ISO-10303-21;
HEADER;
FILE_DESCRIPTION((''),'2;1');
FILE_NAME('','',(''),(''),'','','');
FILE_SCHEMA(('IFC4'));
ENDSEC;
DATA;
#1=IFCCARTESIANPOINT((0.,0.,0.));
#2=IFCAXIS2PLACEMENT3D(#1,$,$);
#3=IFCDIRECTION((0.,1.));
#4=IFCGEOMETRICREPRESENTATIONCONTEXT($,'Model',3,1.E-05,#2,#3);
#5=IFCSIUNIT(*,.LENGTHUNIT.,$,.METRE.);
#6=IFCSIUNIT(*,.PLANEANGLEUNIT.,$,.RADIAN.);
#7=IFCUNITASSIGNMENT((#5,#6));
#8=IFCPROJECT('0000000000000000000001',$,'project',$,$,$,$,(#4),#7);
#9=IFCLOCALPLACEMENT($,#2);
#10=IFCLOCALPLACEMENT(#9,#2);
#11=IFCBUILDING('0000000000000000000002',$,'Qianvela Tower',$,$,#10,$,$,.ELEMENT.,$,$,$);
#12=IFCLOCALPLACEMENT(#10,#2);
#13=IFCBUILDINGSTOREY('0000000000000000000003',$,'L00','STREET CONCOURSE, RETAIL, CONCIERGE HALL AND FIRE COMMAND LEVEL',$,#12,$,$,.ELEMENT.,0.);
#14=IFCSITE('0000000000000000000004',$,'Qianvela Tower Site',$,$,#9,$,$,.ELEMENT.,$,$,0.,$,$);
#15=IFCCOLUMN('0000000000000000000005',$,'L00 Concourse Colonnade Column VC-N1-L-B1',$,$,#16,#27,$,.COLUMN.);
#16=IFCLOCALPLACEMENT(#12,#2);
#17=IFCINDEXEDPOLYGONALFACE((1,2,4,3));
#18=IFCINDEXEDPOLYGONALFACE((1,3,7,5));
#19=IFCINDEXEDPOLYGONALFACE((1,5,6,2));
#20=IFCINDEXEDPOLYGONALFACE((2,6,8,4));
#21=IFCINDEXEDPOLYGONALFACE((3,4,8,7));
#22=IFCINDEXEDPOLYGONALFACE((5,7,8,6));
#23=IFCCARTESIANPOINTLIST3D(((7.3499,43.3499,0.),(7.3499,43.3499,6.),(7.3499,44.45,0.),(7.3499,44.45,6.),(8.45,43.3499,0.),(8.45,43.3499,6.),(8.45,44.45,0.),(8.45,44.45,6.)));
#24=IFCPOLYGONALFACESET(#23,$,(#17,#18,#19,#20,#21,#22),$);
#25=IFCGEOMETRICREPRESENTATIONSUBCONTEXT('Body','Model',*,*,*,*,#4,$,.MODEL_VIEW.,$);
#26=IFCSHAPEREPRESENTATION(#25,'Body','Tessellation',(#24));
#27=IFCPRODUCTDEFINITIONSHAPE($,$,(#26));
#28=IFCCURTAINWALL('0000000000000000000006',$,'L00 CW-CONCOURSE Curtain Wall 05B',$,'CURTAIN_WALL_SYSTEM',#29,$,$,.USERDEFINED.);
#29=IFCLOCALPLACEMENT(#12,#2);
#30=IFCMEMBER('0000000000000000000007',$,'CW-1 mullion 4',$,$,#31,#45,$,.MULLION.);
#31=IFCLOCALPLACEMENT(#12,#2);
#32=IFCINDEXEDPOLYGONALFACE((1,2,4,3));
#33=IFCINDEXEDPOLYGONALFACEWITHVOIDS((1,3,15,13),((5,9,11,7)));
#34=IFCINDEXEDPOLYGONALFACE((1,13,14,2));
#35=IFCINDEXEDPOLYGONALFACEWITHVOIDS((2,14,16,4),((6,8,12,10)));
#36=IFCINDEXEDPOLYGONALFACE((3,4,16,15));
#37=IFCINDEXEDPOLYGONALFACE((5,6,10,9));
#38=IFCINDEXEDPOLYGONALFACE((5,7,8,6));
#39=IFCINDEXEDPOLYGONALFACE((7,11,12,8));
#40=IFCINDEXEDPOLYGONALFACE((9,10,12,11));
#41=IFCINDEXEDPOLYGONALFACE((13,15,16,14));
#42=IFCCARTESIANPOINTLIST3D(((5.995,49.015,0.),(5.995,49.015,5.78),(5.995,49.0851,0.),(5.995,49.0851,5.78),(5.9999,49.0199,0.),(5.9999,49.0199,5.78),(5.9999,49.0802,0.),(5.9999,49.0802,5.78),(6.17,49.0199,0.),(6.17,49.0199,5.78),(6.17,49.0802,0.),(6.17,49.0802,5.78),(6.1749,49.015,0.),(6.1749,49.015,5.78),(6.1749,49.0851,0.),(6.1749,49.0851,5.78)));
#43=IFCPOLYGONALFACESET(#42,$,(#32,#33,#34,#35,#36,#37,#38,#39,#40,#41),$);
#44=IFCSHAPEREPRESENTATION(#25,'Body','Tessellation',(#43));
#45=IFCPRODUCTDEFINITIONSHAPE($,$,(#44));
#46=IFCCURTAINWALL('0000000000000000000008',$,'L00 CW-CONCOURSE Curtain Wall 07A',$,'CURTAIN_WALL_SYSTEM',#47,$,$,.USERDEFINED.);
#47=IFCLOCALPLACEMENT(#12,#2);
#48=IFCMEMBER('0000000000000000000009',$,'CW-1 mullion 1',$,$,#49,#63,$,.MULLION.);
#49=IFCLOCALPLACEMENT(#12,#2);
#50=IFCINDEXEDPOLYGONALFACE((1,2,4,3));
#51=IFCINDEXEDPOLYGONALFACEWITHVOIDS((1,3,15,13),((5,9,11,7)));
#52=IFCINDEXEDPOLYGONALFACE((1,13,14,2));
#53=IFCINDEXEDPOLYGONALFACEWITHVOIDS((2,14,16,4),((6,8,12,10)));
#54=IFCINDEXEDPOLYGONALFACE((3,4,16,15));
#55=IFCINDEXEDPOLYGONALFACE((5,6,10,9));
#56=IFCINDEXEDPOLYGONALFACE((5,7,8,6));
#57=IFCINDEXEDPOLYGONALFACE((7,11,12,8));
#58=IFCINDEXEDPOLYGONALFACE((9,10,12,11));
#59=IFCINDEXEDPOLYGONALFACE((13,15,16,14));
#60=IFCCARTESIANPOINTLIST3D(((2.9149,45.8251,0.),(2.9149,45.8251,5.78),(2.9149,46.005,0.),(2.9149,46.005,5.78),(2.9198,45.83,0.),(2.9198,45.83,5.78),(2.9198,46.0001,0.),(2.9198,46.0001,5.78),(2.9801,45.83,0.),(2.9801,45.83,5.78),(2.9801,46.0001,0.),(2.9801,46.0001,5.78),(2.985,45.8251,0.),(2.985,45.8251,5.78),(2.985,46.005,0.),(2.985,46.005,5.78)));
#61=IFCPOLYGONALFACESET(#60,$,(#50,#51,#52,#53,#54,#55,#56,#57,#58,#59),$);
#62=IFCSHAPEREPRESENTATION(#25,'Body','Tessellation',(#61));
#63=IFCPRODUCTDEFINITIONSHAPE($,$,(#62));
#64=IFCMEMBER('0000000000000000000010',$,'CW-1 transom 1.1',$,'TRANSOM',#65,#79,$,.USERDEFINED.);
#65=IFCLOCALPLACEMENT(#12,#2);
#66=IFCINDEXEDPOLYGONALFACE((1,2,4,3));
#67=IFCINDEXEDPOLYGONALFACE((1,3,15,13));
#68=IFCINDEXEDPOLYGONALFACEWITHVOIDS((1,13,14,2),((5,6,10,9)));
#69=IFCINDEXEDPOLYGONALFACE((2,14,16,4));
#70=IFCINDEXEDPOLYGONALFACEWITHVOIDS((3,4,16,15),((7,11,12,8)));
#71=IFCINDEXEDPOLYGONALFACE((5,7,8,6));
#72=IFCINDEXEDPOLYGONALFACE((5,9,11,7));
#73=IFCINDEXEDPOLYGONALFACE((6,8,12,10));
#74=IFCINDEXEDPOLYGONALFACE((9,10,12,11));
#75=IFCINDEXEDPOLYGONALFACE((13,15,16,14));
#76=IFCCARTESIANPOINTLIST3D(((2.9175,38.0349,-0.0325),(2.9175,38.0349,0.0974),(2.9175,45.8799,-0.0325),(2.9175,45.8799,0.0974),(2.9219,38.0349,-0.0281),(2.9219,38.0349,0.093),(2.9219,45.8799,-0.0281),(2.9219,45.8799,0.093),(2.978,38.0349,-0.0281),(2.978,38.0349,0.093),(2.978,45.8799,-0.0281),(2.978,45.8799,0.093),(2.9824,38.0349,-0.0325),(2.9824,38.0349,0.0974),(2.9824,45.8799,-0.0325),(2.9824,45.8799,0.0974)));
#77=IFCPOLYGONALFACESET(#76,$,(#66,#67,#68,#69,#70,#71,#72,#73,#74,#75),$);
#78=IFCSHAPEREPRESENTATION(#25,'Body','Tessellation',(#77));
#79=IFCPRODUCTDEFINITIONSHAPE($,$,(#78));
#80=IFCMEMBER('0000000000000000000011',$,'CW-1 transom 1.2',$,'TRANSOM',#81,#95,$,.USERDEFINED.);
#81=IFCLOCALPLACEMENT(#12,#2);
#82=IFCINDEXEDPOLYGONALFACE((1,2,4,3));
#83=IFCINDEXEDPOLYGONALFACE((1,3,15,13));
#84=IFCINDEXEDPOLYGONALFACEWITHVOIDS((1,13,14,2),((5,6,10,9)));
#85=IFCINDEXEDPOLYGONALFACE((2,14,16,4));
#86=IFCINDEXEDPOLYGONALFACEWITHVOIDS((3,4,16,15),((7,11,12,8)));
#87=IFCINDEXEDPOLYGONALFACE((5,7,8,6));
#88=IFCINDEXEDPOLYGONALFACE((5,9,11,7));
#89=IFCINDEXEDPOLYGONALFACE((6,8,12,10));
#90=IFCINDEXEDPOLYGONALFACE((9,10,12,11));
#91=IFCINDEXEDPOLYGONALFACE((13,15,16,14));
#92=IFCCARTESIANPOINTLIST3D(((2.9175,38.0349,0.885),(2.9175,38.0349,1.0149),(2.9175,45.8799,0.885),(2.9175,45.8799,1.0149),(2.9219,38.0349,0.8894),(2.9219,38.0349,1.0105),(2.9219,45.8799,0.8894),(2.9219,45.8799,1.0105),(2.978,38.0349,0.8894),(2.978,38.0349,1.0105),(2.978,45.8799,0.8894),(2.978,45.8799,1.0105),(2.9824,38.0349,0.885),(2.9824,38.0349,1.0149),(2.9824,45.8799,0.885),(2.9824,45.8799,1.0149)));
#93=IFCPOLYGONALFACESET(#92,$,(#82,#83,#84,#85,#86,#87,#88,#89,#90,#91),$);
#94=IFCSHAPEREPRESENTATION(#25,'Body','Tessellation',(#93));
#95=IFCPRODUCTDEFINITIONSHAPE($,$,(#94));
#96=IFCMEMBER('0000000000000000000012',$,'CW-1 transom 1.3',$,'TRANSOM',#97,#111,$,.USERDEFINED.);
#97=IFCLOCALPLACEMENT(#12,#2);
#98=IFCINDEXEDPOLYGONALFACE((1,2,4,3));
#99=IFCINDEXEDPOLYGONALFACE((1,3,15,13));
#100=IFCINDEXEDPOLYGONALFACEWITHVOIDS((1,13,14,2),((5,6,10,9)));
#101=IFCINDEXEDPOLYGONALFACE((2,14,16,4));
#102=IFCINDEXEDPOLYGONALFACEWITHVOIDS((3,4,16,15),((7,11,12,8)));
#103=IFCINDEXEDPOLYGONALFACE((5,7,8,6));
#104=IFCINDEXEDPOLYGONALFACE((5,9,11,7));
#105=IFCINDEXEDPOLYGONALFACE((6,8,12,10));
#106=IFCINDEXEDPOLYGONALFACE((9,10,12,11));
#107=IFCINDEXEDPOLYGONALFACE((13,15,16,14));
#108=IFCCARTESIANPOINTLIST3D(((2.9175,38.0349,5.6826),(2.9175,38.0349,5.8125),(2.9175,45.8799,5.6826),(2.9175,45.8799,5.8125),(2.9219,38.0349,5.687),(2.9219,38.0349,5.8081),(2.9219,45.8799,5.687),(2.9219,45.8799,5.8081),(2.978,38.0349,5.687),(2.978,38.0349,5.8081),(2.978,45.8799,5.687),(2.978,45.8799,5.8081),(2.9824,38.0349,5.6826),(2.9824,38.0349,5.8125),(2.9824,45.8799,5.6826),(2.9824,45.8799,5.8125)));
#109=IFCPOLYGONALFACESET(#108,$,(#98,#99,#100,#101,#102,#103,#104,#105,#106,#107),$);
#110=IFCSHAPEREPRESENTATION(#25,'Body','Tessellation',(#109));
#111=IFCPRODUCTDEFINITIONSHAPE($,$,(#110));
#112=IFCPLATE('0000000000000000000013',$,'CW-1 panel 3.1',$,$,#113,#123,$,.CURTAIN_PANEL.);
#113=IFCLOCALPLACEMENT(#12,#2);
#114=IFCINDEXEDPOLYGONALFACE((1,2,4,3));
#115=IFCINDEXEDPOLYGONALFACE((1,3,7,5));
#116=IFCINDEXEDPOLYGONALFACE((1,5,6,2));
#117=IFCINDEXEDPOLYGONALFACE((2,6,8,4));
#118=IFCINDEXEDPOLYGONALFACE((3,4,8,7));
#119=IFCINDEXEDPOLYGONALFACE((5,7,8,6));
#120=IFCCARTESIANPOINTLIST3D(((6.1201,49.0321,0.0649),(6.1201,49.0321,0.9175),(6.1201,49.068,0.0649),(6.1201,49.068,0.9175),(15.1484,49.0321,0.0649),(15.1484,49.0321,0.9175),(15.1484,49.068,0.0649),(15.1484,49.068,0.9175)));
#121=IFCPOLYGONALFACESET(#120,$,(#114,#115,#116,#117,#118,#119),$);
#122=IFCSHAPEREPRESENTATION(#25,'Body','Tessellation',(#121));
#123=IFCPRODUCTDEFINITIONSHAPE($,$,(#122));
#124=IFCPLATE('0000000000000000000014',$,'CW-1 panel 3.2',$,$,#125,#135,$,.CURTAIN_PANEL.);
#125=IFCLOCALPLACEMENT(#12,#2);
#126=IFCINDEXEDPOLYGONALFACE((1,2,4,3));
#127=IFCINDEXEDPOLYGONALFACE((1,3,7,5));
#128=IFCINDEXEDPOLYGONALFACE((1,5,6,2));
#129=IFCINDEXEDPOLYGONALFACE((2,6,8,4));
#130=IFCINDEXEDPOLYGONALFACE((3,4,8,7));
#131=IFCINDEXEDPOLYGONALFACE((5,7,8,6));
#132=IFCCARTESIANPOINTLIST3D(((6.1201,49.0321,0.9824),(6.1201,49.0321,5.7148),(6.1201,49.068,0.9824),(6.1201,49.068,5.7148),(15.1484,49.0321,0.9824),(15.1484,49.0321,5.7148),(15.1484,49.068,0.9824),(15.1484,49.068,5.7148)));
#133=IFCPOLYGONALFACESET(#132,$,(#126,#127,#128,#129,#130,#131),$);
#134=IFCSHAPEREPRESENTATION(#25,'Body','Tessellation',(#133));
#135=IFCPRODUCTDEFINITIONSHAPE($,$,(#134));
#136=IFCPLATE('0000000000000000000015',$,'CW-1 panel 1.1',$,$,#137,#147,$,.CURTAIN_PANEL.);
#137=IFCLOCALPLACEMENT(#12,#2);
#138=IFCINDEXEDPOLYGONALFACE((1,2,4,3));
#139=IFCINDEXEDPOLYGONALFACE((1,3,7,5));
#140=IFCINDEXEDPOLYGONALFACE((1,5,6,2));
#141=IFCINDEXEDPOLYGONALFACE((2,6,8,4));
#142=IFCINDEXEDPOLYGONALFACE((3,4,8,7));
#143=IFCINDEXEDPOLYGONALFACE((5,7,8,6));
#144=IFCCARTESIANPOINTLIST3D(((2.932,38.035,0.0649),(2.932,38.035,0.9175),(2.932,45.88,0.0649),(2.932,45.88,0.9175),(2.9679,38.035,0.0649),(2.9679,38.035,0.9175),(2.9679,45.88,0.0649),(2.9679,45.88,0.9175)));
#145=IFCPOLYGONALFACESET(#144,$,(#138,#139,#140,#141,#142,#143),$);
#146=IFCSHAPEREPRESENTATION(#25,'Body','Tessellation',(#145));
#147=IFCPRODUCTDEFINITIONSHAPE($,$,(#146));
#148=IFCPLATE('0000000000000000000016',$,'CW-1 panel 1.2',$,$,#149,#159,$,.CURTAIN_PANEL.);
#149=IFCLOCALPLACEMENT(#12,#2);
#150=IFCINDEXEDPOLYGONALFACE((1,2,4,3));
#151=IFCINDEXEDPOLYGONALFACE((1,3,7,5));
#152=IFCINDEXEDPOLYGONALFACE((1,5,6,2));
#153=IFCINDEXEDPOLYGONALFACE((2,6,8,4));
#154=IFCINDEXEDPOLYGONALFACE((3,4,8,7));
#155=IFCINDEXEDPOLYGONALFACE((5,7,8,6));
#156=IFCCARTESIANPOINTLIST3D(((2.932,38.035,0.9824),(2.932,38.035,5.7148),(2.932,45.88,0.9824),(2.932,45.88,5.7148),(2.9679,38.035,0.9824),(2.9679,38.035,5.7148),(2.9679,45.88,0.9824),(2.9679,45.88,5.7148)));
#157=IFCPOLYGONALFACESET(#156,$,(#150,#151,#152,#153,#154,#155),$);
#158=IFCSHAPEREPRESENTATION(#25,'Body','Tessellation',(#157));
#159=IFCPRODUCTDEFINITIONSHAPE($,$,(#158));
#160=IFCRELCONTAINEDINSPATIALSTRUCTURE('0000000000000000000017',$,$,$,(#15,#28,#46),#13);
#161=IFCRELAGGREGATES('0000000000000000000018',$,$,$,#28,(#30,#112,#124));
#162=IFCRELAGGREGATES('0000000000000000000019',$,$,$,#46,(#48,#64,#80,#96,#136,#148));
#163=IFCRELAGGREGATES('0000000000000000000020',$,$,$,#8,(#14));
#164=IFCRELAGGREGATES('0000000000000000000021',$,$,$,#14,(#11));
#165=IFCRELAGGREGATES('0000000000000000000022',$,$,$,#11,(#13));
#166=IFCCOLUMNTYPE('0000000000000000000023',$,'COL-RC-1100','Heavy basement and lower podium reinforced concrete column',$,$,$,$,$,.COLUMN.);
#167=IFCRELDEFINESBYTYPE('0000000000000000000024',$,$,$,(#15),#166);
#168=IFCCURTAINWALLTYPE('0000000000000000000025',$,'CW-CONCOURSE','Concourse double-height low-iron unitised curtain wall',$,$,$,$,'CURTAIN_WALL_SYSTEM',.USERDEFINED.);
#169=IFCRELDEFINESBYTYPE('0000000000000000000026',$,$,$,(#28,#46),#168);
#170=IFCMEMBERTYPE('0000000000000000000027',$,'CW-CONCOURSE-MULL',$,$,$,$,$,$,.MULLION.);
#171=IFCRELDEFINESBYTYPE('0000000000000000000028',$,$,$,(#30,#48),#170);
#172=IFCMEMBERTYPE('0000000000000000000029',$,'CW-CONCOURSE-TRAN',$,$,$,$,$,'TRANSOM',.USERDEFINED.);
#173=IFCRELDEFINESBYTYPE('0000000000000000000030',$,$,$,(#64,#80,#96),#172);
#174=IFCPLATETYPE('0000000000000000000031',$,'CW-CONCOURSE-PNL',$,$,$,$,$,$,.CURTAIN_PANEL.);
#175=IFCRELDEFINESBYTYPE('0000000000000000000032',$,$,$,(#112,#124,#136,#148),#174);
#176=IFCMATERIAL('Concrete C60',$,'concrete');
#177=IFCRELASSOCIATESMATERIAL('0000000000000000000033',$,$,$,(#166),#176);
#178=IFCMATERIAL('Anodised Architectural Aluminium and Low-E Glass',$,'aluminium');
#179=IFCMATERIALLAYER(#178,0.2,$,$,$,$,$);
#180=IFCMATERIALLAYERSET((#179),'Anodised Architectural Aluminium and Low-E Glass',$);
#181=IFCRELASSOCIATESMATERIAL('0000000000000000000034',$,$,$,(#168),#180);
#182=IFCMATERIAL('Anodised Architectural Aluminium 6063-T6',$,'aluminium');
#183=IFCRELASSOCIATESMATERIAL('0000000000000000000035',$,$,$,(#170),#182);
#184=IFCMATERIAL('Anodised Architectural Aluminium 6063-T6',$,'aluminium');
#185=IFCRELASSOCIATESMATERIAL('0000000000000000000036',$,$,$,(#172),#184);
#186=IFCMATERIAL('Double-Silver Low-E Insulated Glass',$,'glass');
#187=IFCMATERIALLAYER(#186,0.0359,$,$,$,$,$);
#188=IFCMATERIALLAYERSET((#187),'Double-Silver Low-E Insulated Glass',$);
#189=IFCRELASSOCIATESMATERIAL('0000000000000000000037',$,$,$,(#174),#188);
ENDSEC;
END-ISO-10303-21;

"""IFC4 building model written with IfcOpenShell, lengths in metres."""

from ifc_helpers import new_model, si_unit, direction, frame, origin, origin_2d, place, context, subcontext, project, spatial, rectangle, hollow_rectangle, extrude, material, layer, layer_set, material_profile, profile_set, type_object, element, aggregate, save


model = new_model("IFC4")

# Units and contexts
model_context = context("Model", 3, precision=1e-05, world=origin(), true_north=direction((0.0, 1.0)))
body_context = subcontext(model_context, "Body", "Model", "MODEL_VIEW")
ifc_project = project(units=[si_unit("LENGTHUNIT", "METRE"), si_unit("PLANEANGLEUNIT", "RADIAN")], contexts=[model_context])

# Site, building, storey
site_placement = place(None, origin())
site = spatial("IfcSite", under=ifc_project, at=site_placement, Name="Qianvela Tower Site", CompositionType="ELEMENT", RefElevation=0.0)
building_placement = place(site_placement, origin())
building = spatial("IfcBuilding", under=site, at=building_placement, Name="Qianvela Tower", CompositionType="ELEMENT")
storey_placement = place(building_placement, origin())
storey = spatial("IfcBuildingStorey", under=building, at=storey_placement, Name="L00", Description="STREET CONCOURSE, RETAIL, CONCIERGE HALL AND FIRE COMMAND LEVEL", CompositionType="ELEMENT", Elevation=0.0)

# Column
ifc_material_1 = material(Name="Concrete C60", Category="concrete")
ifc_material_profile_1 = material_profile(ifc_material_1, rectangle(XDim=1.1001, YDim=1.1001, at=origin_2d()), Name="RC-COL-1100x1100")
ifc_profile_set_1 = profile_set([ifc_material_profile_1], Name="Concrete C60")
column_type = type_object("IfcColumnType", Name="COL-RC-1100", Description="Heavy basement and lower podium reinforced concrete column", PredefinedType="COLUMN", material=ifc_profile_set_1)
column_placement = place(storey_placement, frame((7.8999, 43.8999, 0.0), z_axis=(0.0, 0.0, 1.0), x_axis=(1.0, 0.0, 0.0)))
element("IfcColumn", 1, at=column_placement, inside=storey, type_object=column_type, Name="L00 Concourse Colonnade Column VC-N1-L-B1", PredefinedType="COLUMN", context=body_context, shape_type="SweptSolid", body=[
    extrude(rectangle(XDim=1.1001, YDim=1.1001, at=origin_2d()), origin(), (0.0, 0.0, 1.0), 6.0),
])

# Curtain wall, member
ifc_material_2 = material(Name="Anodised Architectural Aluminium and Low-E Glass", Category="aluminium")
ifc_layer_1 = layer(ifc_material_2, 0.2)
ifc_layer_set_1 = layer_set([ifc_layer_1], Name="Anodised Architectural Aluminium and Low-E Glass")
curtain_wall_type = type_object("IfcCurtainWallType", Name="CW-CONCOURSE", Description="Concourse double-height low-iron unitised curtain wall", ElementType="CURTAIN_WALL_SYSTEM", PredefinedType="USERDEFINED", material=ifc_layer_set_1)
curtain_wall_1_placement = place(storey_placement, origin())
curtain_wall_1 = element("IfcCurtainWall", 2, at=curtain_wall_1_placement, inside=storey, type_object=curtain_wall_type, Name="L00 CW-CONCOURSE Curtain Wall 05B", ObjectType="CURTAIN_WALL_SYSTEM", PredefinedType="USERDEFINED")
ifc_material_3 = material(Name="Anodised Architectural Aluminium 6063-T6", Category="aluminium")
ifc_material_profile_2 = material_profile(ifc_material_3, hollow_rectangle(XDim=0.0701, YDim=0.1799, WallThickness=0.0049, at=origin_2d()), Name="ALU-MULL-70x180")
ifc_profile_set_2 = profile_set([ifc_material_profile_2], Name="Anodised Architectural Aluminium 6063-T6")
member_type_1 = type_object("IfcMemberType", Name="CW-CONCOURSE-MULL", PredefinedType="MULLION", material=ifc_profile_set_2)
member_1_placement = place(storey_placement, frame((6.085, 49.05, 0.0), z_axis=(0.0, 0.0, 1.0), x_axis=(0.0, -1.0, 0.0)))
member_1 = element("IfcMember", 3, at=member_1_placement, type_object=member_type_1, Name="CW-1 mullion 4", PredefinedType="MULLION", context=body_context, shape_type="SweptSolid", body=[
    extrude(hollow_rectangle(XDim=0.0701, YDim=0.1799, WallThickness=0.0049, at=origin_2d()), origin(), (0.0, 0.0, 1.0), 5.78),
])

# Curtain wall, members
curtain_wall_2_placement = place(storey_placement, origin())
curtain_wall_2 = element("IfcCurtainWall", 4, at=curtain_wall_2_placement, inside=storey, type_object=curtain_wall_type, Name="L00 CW-CONCOURSE Curtain Wall 07A", ObjectType="CURTAIN_WALL_SYSTEM", PredefinedType="USERDEFINED")
member_2_placement = place(storey_placement, frame((2.95, 45.915, 0.0), z_axis=(0.0, 0.0, 1.0), x_axis=(1.0, 0.0, 0.0)))
member_2 = element("IfcMember", 5, at=member_2_placement, type_object=member_type_1, Name="CW-1 mullion 1", PredefinedType="MULLION", context=body_context, shape_type="SweptSolid", body=[
    extrude(hollow_rectangle(XDim=0.0701, YDim=0.1799, WallThickness=0.0049, at=origin_2d()), origin(), (0.0, 0.0, 1.0), 5.78),
])
ifc_material_4 = material(Name="Anodised Architectural Aluminium 6063-T6", Category="aluminium")
ifc_material_profile_3 = material_profile(ifc_material_4, hollow_rectangle(XDim=0.0649, YDim=0.1299, WallThickness=0.0044, at=origin_2d()), Name="ALU-TRAN-65x130")
ifc_profile_set_3 = profile_set([ifc_material_profile_3], Name="Anodised Architectural Aluminium 6063-T6")
member_type_2 = type_object("IfcMemberType", Name="CW-CONCOURSE-TRAN", ElementType="TRANSOM", PredefinedType="USERDEFINED", material=ifc_profile_set_3)
member_3_placement = place(storey_placement, frame((2.95, 45.8799, 0.0325), z_axis=(0.0, -1.0, 0.0), x_axis=(1.0, 0.0, 0.0)))
member_3 = element("IfcMember", 6, at=member_3_placement, type_object=member_type_2, Name="CW-1 transom 1.1", ObjectType="TRANSOM", PredefinedType="USERDEFINED", context=body_context, shape_type="SweptSolid", body=[
    extrude(hollow_rectangle(XDim=0.0649, YDim=0.1299, WallThickness=0.0044, at=origin_2d()), origin(), (0.0, 0.0, 1.0), 7.845),
])
member_4_placement = place(storey_placement, frame((2.95, 45.8799, 0.95), z_axis=(0.0, -1.0, 0.0), x_axis=(1.0, 0.0, 0.0)))
member_4 = element("IfcMember", 7, at=member_4_placement, type_object=member_type_2, Name="CW-1 transom 1.2", ObjectType="TRANSOM", PredefinedType="USERDEFINED", context=body_context, shape_type="SweptSolid", body=[
    extrude(hollow_rectangle(XDim=0.0649, YDim=0.1299, WallThickness=0.0044, at=origin_2d()), origin(), (0.0, 0.0, 1.0), 7.845),
])
member_5_placement = place(storey_placement, frame((2.95, 45.8799, 5.7476), z_axis=(0.0, -1.0, 0.0), x_axis=(1.0, 0.0, 0.0)))
member_5 = element("IfcMember", 8, at=member_5_placement, type_object=member_type_2, Name="CW-1 transom 1.3", ObjectType="TRANSOM", PredefinedType="USERDEFINED", context=body_context, shape_type="SweptSolid", body=[
    extrude(hollow_rectangle(XDim=0.0649, YDim=0.1299, WallThickness=0.0044, at=origin_2d()), origin(), (0.0, 0.0, 1.0), 7.845),
])

# Plates
ifc_material_5 = material(Name="Double-Silver Low-E Insulated Glass", Category="glass")
ifc_layer_2 = layer(ifc_material_5, 0.0359)
ifc_layer_set_2 = layer_set([ifc_layer_2], Name="Double-Silver Low-E Insulated Glass")
plate_type = type_object("IfcPlateType", Name="CW-CONCOURSE-PNL", PredefinedType="CURTAIN_PANEL", material=ifc_layer_set_2)
plate_1_placement = place(storey_placement, frame((10.6343, 49.05, 0.0649), z_axis=(0.0, 0.0, 1.0), x_axis=(-1.0, 0.0, 0.0)))
plate_1 = element("IfcPlate", 9, at=plate_1_placement, type_object=plate_type, Name="CW-1 panel 3.1", PredefinedType="CURTAIN_PANEL", context=body_context, shape_type="SweptSolid", body=[
    extrude(rectangle(XDim=9.0283, YDim=0.0359, at=origin_2d()), origin(), (0.0, 0.0, 1.0), 0.8525),
])
plate_2_placement = place(storey_placement, frame((10.6343, 49.05, 0.9824), z_axis=(0.0, 0.0, 1.0), x_axis=(-1.0, 0.0, 0.0)))
plate_2 = element("IfcPlate", 10, at=plate_2_placement, type_object=plate_type, Name="CW-1 panel 3.2", PredefinedType="CURTAIN_PANEL", context=body_context, shape_type="SweptSolid", body=[
    extrude(rectangle(XDim=9.0283, YDim=0.0359, at=origin_2d()), origin(), (0.0, 0.0, 1.0), 4.7324),
])
aggregate(curtain_wall_1, [member_1, plate_1, plate_2])
plate_3_placement = place(storey_placement, frame((2.95, 41.9575, 0.0649), z_axis=(0.0, 0.0, 1.0), x_axis=(0.0, -1.0, 0.0)))
plate_3 = element("IfcPlate", 11, at=plate_3_placement, type_object=plate_type, Name="CW-1 panel 1.1", PredefinedType="CURTAIN_PANEL", context=body_context, shape_type="SweptSolid", body=[
    extrude(rectangle(XDim=7.845, YDim=0.0359, at=origin_2d()), origin(), (0.0, 0.0, 1.0), 0.8525),
])
plate_4_placement = place(storey_placement, frame((2.95, 41.9575, 0.9824), z_axis=(0.0, 0.0, 1.0), x_axis=(0.0, -1.0, 0.0)))
plate_4 = element("IfcPlate", 12, at=plate_4_placement, type_object=plate_type, Name="CW-1 panel 1.2", PredefinedType="CURTAIN_PANEL", context=body_context, shape_type="SweptSolid", body=[
    extrude(rectangle(XDim=7.845, YDim=0.0359, at=origin_2d()), origin(), (0.0, 0.0, 1.0), 4.7324),
])
aggregate(curtain_wall_2, [member_2, member_3, member_4, member_5, plate_3, plate_4])

save(model, "model.ifc")
